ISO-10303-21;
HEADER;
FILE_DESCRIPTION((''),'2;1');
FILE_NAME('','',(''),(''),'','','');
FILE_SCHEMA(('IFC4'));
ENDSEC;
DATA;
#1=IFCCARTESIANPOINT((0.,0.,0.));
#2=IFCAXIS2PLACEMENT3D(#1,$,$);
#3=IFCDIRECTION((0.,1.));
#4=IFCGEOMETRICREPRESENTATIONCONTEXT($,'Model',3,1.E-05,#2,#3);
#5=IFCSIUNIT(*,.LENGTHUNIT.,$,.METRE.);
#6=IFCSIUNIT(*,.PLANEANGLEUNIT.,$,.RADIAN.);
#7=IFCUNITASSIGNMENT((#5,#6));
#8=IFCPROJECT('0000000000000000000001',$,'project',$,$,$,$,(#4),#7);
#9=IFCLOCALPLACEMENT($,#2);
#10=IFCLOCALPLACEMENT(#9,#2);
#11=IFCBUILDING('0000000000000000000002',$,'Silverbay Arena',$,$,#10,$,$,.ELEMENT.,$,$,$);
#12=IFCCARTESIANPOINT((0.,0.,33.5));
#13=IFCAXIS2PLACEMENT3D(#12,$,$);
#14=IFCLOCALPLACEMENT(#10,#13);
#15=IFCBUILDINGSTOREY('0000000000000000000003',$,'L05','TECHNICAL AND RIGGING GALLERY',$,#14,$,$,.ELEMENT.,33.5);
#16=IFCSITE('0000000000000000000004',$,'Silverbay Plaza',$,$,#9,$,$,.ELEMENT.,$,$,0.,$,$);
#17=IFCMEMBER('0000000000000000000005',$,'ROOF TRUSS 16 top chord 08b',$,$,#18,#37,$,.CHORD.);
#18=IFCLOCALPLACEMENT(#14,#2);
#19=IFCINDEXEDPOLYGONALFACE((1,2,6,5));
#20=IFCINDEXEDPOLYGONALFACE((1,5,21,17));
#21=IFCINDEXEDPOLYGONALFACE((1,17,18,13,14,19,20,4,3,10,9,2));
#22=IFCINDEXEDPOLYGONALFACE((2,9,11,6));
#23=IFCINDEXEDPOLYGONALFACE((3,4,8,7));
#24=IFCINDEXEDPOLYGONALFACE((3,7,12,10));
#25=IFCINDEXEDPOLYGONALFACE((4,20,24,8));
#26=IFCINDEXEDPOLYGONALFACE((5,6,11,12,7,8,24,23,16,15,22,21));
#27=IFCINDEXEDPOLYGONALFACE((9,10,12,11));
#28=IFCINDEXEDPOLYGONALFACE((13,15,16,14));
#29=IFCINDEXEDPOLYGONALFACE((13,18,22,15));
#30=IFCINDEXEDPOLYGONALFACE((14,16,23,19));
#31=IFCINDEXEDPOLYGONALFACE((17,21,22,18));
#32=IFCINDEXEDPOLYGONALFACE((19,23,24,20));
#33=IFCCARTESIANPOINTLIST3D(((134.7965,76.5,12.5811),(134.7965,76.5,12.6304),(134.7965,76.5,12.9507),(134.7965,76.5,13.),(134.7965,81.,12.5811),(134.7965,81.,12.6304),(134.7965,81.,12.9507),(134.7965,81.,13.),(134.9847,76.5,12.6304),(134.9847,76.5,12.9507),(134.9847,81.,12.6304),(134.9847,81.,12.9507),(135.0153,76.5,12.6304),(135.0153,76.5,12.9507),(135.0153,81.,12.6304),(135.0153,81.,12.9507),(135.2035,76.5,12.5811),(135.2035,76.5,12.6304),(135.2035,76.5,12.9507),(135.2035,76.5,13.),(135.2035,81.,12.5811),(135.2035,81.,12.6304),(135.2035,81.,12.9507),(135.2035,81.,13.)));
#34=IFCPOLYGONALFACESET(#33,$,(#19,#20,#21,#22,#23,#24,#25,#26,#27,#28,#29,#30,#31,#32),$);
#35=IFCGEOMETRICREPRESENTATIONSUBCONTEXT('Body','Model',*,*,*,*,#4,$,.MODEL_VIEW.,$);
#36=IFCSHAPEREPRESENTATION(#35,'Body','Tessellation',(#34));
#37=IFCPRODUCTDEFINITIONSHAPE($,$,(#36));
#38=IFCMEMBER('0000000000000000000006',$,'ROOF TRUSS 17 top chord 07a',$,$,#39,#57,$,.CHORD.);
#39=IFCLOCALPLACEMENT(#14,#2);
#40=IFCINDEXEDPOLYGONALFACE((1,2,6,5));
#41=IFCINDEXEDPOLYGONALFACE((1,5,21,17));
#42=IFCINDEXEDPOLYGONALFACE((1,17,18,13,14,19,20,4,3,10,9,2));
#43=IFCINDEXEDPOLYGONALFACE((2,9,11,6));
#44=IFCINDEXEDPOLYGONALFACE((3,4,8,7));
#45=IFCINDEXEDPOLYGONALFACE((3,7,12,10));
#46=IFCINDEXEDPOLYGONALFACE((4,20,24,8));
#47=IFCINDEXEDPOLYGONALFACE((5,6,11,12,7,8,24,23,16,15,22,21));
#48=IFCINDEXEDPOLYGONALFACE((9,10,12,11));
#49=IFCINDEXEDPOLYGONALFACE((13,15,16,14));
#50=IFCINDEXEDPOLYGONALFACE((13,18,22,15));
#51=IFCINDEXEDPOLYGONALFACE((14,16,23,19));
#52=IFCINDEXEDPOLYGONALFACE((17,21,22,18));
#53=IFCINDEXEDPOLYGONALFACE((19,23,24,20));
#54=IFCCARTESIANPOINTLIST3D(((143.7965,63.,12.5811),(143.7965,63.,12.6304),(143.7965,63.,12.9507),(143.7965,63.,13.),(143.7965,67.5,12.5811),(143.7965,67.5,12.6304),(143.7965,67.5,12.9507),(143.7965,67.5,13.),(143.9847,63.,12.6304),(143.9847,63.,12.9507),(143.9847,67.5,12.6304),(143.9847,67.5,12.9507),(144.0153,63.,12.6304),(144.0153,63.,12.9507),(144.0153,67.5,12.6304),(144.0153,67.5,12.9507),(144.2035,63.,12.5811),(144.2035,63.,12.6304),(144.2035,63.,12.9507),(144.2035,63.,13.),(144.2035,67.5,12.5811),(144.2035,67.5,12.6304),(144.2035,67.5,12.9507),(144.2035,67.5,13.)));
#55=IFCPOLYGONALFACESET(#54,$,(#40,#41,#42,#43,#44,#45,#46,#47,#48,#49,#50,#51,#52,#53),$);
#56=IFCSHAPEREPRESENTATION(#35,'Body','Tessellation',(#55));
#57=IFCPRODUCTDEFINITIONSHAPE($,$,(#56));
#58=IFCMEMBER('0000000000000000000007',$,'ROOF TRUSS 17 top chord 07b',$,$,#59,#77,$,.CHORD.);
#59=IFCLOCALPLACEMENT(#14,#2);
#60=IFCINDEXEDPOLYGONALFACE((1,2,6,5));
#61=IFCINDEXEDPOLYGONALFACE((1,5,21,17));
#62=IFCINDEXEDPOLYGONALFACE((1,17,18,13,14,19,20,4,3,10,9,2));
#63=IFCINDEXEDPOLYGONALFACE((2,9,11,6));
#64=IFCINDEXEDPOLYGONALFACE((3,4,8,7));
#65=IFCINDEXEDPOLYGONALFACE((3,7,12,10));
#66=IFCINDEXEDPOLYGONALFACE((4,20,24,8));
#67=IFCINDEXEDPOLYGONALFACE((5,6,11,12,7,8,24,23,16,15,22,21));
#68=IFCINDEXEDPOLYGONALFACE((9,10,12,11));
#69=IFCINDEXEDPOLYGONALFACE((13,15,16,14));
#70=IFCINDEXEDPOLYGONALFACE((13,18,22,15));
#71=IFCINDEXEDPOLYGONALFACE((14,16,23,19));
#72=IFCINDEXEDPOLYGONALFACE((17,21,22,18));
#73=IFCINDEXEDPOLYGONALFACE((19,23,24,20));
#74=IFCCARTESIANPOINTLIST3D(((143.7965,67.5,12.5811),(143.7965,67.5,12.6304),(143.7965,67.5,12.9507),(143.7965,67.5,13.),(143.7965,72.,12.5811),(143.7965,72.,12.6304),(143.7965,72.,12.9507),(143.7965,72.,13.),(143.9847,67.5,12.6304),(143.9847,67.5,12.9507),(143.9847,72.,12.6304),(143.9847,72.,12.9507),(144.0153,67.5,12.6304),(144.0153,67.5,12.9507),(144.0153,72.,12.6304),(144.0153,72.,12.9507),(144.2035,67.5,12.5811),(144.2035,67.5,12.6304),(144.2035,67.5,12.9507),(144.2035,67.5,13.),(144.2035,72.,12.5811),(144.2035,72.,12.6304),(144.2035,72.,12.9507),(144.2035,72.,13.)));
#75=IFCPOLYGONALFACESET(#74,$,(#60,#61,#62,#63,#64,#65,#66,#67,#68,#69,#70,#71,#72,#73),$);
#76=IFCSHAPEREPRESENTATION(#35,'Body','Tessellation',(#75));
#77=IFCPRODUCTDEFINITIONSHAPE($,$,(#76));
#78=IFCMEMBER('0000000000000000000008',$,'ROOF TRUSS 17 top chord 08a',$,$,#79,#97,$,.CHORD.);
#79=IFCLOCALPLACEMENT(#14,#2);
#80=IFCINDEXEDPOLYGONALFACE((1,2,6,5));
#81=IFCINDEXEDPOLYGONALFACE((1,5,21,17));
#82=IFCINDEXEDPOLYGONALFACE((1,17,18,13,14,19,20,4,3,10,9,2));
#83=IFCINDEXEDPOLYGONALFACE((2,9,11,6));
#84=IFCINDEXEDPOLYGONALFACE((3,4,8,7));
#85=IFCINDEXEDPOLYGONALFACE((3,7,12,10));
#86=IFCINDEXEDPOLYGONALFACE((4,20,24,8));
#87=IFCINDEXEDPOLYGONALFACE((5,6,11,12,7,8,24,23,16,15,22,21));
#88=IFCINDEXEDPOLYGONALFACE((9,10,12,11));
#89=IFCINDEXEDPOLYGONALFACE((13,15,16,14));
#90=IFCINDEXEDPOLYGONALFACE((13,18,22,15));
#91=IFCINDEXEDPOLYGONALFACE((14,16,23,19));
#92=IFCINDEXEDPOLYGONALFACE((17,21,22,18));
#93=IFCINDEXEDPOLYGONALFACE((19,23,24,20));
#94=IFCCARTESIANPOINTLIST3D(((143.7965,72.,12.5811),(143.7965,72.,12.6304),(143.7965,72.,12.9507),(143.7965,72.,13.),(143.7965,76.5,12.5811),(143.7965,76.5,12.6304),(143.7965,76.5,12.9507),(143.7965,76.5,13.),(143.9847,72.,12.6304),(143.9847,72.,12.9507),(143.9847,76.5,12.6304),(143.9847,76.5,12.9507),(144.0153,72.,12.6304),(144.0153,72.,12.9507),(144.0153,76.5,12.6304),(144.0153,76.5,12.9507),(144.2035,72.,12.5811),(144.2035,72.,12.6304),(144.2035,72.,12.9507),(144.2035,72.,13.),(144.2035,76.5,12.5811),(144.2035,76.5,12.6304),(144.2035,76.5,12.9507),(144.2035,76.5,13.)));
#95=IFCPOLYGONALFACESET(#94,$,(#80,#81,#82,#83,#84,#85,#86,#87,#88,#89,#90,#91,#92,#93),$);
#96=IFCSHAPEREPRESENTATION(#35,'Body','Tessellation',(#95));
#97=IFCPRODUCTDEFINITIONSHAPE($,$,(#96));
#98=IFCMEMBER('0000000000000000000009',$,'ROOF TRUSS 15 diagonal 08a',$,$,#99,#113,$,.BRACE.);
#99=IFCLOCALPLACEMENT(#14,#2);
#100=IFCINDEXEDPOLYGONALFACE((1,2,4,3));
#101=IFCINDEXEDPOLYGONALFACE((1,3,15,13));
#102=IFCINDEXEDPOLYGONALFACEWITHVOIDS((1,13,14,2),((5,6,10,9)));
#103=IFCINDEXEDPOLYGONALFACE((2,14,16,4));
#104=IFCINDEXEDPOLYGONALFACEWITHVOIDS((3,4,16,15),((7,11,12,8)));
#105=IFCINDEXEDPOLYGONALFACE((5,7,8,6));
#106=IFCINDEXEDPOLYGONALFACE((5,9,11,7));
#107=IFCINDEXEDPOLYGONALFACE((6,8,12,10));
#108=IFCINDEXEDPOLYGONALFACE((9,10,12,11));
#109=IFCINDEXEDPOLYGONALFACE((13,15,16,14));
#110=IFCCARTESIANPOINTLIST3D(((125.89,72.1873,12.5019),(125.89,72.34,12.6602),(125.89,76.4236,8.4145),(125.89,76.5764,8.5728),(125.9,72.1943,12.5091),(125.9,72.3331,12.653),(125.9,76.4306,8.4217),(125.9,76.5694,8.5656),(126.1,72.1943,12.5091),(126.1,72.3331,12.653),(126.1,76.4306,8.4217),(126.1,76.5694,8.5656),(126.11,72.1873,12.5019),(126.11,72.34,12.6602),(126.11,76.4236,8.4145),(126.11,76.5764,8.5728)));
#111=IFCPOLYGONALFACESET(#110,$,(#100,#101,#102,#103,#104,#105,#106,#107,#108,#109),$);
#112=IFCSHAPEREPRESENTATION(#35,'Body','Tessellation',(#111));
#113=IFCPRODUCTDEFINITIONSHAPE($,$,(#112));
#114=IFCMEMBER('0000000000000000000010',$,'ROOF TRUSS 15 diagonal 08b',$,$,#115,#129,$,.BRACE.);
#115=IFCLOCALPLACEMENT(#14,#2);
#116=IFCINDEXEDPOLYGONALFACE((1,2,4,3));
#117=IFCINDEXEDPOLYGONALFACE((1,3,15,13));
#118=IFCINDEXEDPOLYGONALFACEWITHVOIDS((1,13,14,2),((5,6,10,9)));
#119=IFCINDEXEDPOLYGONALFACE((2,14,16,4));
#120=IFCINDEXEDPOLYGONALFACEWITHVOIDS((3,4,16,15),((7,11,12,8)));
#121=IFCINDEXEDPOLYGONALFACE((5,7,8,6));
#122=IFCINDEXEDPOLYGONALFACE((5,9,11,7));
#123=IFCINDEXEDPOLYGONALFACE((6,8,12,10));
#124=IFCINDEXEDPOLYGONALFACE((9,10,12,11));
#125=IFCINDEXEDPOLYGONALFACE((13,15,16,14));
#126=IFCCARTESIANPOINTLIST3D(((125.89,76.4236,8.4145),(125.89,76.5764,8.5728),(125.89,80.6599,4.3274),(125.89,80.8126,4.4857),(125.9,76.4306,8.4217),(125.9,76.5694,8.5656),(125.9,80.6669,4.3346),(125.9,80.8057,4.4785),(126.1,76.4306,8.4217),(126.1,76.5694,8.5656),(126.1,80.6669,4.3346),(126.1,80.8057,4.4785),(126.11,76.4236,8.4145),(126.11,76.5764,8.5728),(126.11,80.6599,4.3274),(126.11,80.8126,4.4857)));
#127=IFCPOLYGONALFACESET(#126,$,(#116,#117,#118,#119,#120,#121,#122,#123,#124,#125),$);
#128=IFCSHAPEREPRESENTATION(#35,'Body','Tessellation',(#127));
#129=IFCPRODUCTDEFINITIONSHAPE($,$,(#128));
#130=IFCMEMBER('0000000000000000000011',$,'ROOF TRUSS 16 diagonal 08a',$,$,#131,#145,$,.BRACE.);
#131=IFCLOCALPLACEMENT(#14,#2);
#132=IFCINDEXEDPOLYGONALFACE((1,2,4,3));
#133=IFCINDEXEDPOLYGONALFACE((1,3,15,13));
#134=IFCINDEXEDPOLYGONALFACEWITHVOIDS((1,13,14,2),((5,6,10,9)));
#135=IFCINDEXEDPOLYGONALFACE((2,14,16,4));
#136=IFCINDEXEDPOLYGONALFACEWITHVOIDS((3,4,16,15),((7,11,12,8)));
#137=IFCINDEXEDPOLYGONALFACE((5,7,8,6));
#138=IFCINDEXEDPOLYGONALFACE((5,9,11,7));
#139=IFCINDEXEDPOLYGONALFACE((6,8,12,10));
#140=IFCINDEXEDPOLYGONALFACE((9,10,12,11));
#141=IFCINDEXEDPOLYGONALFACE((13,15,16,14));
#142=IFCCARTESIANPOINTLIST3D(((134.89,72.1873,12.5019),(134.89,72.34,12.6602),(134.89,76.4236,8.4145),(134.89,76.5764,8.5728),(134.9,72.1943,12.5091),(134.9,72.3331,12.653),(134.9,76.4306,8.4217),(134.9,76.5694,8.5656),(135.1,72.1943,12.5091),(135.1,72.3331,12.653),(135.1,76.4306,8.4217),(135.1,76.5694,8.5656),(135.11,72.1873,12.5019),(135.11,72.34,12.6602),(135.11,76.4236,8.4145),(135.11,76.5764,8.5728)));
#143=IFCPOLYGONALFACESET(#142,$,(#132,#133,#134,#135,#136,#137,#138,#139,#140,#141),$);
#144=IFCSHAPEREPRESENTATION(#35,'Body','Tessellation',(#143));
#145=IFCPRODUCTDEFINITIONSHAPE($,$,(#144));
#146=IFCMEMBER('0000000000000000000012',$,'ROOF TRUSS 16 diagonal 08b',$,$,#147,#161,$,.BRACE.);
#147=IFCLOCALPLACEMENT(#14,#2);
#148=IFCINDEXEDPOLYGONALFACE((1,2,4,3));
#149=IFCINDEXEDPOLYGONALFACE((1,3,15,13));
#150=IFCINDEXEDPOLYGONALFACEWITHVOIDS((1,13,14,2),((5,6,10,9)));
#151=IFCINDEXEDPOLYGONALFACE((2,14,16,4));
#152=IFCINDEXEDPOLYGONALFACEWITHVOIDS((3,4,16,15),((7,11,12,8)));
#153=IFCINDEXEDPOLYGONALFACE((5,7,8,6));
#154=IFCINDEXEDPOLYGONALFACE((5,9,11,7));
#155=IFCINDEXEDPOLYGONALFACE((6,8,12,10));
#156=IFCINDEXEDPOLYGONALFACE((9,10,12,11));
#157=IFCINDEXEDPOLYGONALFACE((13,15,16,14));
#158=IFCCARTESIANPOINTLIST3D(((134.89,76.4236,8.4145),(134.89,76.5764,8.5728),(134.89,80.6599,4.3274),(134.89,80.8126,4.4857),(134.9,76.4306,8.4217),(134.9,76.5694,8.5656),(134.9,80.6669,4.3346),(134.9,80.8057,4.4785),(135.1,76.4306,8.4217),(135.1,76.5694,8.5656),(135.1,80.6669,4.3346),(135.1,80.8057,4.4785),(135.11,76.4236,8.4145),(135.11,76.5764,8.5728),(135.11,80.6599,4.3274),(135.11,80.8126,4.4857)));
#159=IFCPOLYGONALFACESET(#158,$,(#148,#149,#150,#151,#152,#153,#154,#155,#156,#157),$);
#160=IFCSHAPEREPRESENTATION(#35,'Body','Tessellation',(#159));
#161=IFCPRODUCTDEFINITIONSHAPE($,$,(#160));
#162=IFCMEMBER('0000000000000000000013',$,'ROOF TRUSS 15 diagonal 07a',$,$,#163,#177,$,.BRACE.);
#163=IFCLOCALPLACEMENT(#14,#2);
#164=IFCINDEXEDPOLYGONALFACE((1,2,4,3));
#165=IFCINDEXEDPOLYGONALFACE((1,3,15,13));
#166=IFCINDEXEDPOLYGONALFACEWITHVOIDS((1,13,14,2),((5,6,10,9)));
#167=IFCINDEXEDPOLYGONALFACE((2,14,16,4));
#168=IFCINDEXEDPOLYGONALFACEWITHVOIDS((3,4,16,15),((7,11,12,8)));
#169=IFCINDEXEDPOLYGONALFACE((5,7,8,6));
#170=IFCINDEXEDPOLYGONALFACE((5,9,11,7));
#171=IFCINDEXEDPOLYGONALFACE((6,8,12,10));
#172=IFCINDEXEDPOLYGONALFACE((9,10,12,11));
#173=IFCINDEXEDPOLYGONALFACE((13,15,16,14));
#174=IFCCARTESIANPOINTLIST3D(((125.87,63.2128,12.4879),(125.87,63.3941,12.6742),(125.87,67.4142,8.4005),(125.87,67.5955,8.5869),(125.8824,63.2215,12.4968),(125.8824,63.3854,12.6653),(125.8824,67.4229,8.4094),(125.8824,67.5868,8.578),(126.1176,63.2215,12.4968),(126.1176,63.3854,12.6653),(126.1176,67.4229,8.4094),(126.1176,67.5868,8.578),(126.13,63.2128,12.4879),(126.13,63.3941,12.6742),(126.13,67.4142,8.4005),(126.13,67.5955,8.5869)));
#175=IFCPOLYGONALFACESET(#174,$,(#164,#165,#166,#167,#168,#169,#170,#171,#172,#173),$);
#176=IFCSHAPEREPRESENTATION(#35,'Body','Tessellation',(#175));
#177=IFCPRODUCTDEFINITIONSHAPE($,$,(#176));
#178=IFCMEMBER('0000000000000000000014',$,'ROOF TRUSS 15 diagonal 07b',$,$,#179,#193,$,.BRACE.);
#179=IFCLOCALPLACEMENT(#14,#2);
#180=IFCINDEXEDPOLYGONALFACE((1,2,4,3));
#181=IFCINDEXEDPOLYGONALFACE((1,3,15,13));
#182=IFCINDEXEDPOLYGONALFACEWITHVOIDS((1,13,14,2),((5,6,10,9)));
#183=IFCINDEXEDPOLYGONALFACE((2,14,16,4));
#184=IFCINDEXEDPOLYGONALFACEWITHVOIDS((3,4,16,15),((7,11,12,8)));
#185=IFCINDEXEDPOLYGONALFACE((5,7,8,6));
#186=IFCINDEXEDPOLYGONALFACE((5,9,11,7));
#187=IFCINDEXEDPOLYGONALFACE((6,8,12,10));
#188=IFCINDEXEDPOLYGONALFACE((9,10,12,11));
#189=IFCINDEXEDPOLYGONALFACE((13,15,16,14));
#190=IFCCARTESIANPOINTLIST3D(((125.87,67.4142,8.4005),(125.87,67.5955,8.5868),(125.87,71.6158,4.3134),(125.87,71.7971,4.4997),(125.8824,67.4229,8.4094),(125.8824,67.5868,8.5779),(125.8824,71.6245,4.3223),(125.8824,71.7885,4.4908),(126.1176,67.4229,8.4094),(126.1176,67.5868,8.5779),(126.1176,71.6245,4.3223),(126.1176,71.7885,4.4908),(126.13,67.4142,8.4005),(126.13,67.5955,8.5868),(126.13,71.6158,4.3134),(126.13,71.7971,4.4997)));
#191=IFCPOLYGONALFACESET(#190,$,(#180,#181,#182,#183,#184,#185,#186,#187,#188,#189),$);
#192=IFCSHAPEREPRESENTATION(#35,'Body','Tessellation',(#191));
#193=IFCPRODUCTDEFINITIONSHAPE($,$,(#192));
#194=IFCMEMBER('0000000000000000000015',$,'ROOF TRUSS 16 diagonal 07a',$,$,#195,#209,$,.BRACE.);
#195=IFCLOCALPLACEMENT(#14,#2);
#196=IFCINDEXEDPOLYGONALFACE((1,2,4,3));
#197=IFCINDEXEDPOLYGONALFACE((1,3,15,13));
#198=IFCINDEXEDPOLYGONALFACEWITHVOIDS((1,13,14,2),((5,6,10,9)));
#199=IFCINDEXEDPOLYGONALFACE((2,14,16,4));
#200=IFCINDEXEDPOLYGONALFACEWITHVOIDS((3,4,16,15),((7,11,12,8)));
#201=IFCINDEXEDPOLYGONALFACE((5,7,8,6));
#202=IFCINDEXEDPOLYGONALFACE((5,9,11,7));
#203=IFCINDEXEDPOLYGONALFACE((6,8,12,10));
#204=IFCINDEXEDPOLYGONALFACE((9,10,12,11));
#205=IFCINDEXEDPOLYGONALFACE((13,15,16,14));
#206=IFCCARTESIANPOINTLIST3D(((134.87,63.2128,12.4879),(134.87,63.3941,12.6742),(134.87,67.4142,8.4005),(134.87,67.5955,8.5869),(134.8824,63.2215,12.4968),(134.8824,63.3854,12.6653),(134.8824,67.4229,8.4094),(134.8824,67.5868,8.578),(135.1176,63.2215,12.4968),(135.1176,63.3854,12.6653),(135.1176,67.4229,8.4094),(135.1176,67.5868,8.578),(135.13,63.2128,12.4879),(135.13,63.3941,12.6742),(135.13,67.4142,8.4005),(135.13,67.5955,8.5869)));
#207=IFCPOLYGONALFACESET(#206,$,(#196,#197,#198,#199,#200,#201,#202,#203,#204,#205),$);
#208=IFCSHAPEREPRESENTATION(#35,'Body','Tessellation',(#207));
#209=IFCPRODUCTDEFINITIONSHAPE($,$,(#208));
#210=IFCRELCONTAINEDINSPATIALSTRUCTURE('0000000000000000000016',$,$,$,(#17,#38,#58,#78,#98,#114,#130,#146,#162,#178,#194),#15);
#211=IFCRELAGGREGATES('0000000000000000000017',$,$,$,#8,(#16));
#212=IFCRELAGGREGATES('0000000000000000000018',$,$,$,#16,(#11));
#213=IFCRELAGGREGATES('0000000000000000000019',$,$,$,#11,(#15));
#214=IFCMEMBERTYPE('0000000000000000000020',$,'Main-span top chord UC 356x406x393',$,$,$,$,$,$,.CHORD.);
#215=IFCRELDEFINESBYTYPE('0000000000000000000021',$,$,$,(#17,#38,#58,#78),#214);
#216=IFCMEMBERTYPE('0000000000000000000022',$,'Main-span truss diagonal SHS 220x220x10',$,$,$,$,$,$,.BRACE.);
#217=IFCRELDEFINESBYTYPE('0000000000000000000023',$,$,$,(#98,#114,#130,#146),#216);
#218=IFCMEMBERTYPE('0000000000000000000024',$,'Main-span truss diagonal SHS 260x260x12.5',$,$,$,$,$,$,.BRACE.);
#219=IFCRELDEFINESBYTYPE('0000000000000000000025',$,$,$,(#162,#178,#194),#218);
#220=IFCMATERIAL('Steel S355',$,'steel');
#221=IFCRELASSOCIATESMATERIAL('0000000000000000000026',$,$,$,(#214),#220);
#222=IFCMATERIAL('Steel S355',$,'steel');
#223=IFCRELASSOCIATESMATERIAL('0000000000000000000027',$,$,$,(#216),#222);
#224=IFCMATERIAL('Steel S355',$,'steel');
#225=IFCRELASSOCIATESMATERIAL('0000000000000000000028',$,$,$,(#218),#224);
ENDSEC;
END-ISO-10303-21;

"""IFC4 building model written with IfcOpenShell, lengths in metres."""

from ifc_helpers import new_model, si_unit, direction, frame, origin, origin_2d, place, context, subcontext, project, spatial, hollow_rectangle, i_section, extrude, material, material_profile, profile_set, type_object, element, save


model = new_model("IFC4")

# Units and contexts
model_context = context("Model", 3, precision=1e-05, world=origin(), true_north=direction((0.0, 1.0)))
body_context = subcontext(model_context, "Body", "Model", "MODEL_VIEW")
ifc_project = project(units=[si_unit("LENGTHUNIT", "METRE"), si_unit("PLANEANGLEUNIT", "RADIAN")], contexts=[model_context])

# Site, building, storey
site_placement = place(None, origin())
site = spatial("IfcSite", under=ifc_project, at=site_placement, Name="Silverbay Plaza", CompositionType="ELEMENT", RefElevation=0.0)
building_placement = place(site_placement, origin())
building = spatial("IfcBuilding", under=site, at=building_placement, Name="Silverbay Arena", CompositionType="ELEMENT")
storey_placement = place(building_placement, frame((0.0, 0.0, 33.5)))
storey = spatial("IfcBuildingStorey", under=building, at=storey_placement, Name="L05", Description="TECHNICAL AND RIGGING GALLERY", CompositionType="ELEMENT", Elevation=33.5)

# Members
ifc_material_1 = material(Name="Steel S355", Category="steel")
ifc_material_profile_1 = material_profile(ifc_material_1, i_section(OverallWidth=0.407, OverallDepth=0.4189, WebThickness=0.0305, FlangeThickness=0.0493, at=origin_2d()), Name="UC 356x406x393")
ifc_profile_set_1 = profile_set([ifc_material_profile_1], Name="Steel S355")
member_type_1 = type_object("IfcMemberType", Name="Main-span top chord UC 356x406x393", PredefinedType="CHORD", material=ifc_profile_set_1)
for number, where, z_axis, x_axis, name in (
    (1, (135.0, 76.5, 12.7905), (0.0, 1.0, 0.0), (-1.0, 0.0, 0.0), "ROOF TRUSS 16 top chord 08b"),
    (2, (144.0, 63.0, 12.7905), (0.0, 1.0, 0.0), (-1.0, 0.0, 0.0), "ROOF TRUSS 17 top chord 07a"),
    (3, (144.0, 67.5, 12.7905), (0.0, 1.0, 0.0), (-1.0, 0.0, 0.0), "ROOF TRUSS 17 top chord 07b"),
    (4, (144.0, 72.0, 12.7905), (0.0, 1.0, 0.0), (-1.0, 0.0, 0.0), "ROOF TRUSS 17 top chord 08a"),
):
    element("IfcMember", number, at=place(storey_placement, frame(where, z_axis=z_axis, x_axis=x_axis)), inside=storey, type_object=member_type_1, Name=name, PredefinedType="CHORD", context=body_context, shape_type="SweptSolid", body=[
        extrude(i_section(OverallWidth=0.407, OverallDepth=0.4189, WebThickness=0.0305, FlangeThickness=0.0493, at=origin_2d()), origin(), (0.0, 0.0, 1.0), 4.5),
    ])
ifc_material_2 = material(Name="Steel S355", Category="steel")
ifc_material_profile_2 = material_profile(ifc_material_2, hollow_rectangle(XDim=0.22, YDim=0.22, WallThickness=0.01, at=origin_2d()), Name="SHS 220x220x10")
ifc_profile_set_2 = profile_set([ifc_material_profile_2], Name="Steel S355")
member_type_2 = type_object("IfcMemberType", Name="Main-span truss diagonal SHS 220x220x10", PredefinedType="BRACE", material=ifc_profile_set_2)
member_1_placement = place(storey_placement, frame((126.0, 72.2637, 12.5811), z_axis=(0.0, 0.719643, -0.694344), x_axis=(-1.0, 0.0, 0.0)))
element("IfcMember", 5, at=member_1_placement, inside=storey, type_object=member_type_2, Name="ROOF TRUSS 15 diagonal 08a", PredefinedType="BRACE", context=body_context, shape_type="SweptSolid", body=[
    extrude(hollow_rectangle(XDim=0.22, YDim=0.22, WallThickness=0.01, at=origin_2d()), origin(), (0.0, 0.0, 1.0), 5.8867),
])
member_2_placement = place(storey_placement, frame((126.0, 76.5, 8.4937), z_axis=(0.0, 0.719664, -0.694323), x_axis=(-1.0, 0.0, 0.0)))
element("IfcMember", 6, at=member_2_placement, inside=storey, type_object=member_type_2, Name="ROOF TRUSS 15 diagonal 08b", PredefinedType="BRACE", context=body_context, shape_type="SweptSolid", body=[
    extrude(hollow_rectangle(XDim=0.22, YDim=0.22, WallThickness=0.01, at=origin_2d()), origin(), (0.0, 0.0, 1.0), 5.8865),
])
member_3_placement = place(storey_placement, frame((135.0, 72.2637, 12.5811), z_axis=(0.0, 0.719643, -0.694344), x_axis=(-1.0, 0.0, 0.0)))
element("IfcMember", 7, at=member_3_placement, inside=storey, type_object=member_type_2, Name="ROOF TRUSS 16 diagonal 08a", PredefinedType="BRACE", context=body_context, shape_type="SweptSolid", body=[
    extrude(hollow_rectangle(XDim=0.22, YDim=0.22, WallThickness=0.01, at=origin_2d()), origin(), (0.0, 0.0, 1.0), 5.8867),
])
member_4_placement = place(storey_placement, frame((135.0, 76.5, 8.4937), z_axis=(0.0, 0.719664, -0.694323), x_axis=(-1.0, 0.0, 0.0)))
element("IfcMember", 8, at=member_4_placement, inside=storey, type_object=member_type_2, Name="ROOF TRUSS 16 diagonal 08b", PredefinedType="BRACE", context=body_context, shape_type="SweptSolid", body=[
    extrude(hollow_rectangle(XDim=0.22, YDim=0.22, WallThickness=0.01, at=origin_2d()), origin(), (0.0, 0.0, 1.0), 5.8865),
])
ifc_material_3 = material(Name="Steel S355", Category="steel")
ifc_material_profile_3 = material_profile(ifc_material_3, hollow_rectangle(XDim=0.26, YDim=0.26, WallThickness=0.0125, at=origin_2d()), Name="SHS 260x260x12.5")
ifc_profile_set_3 = profile_set([ifc_material_profile_3], Name="Steel S355")
member_type_3 = type_object("IfcMemberType", Name="Main-span truss diagonal SHS 260x260x12.5", PredefinedType="BRACE", material=ifc_profile_set_3)
for number, where, z_axis, x_axis, name in (
    (9, (126.0, 63.3035, 12.5811), (0.0, 0.716765, -0.697314), (-1.0, 0.0, 0.0), "ROOF TRUSS 15 diagonal 07a"),
    (10, (126.0, 67.5049, 8.4937), (0.0, 0.716806, -0.697272), (-1.0, 0.0, 0.0), "ROOF TRUSS 15 diagonal 07b"),
    (11, (135.0, 63.3035, 12.5811), (0.0, 0.716765, -0.697314), (-1.0, 0.0, 0.0), "ROOF TRUSS 16 diagonal 07a"),
):
    element("IfcMember", number, at=place(storey_placement, frame(where, z_axis=z_axis, x_axis=x_axis)), inside=storey, type_object=member_type_3, Name=name, PredefinedType="BRACE", context=body_context, shape_type="SweptSolid", body=[
        extrude(hollow_rectangle(XDim=0.26, YDim=0.26, WallThickness=0.0125, at=origin_2d()), origin(), (0.0, 0.0, 1.0), 5.8616),
    ])

save(model, "model.ifc")
